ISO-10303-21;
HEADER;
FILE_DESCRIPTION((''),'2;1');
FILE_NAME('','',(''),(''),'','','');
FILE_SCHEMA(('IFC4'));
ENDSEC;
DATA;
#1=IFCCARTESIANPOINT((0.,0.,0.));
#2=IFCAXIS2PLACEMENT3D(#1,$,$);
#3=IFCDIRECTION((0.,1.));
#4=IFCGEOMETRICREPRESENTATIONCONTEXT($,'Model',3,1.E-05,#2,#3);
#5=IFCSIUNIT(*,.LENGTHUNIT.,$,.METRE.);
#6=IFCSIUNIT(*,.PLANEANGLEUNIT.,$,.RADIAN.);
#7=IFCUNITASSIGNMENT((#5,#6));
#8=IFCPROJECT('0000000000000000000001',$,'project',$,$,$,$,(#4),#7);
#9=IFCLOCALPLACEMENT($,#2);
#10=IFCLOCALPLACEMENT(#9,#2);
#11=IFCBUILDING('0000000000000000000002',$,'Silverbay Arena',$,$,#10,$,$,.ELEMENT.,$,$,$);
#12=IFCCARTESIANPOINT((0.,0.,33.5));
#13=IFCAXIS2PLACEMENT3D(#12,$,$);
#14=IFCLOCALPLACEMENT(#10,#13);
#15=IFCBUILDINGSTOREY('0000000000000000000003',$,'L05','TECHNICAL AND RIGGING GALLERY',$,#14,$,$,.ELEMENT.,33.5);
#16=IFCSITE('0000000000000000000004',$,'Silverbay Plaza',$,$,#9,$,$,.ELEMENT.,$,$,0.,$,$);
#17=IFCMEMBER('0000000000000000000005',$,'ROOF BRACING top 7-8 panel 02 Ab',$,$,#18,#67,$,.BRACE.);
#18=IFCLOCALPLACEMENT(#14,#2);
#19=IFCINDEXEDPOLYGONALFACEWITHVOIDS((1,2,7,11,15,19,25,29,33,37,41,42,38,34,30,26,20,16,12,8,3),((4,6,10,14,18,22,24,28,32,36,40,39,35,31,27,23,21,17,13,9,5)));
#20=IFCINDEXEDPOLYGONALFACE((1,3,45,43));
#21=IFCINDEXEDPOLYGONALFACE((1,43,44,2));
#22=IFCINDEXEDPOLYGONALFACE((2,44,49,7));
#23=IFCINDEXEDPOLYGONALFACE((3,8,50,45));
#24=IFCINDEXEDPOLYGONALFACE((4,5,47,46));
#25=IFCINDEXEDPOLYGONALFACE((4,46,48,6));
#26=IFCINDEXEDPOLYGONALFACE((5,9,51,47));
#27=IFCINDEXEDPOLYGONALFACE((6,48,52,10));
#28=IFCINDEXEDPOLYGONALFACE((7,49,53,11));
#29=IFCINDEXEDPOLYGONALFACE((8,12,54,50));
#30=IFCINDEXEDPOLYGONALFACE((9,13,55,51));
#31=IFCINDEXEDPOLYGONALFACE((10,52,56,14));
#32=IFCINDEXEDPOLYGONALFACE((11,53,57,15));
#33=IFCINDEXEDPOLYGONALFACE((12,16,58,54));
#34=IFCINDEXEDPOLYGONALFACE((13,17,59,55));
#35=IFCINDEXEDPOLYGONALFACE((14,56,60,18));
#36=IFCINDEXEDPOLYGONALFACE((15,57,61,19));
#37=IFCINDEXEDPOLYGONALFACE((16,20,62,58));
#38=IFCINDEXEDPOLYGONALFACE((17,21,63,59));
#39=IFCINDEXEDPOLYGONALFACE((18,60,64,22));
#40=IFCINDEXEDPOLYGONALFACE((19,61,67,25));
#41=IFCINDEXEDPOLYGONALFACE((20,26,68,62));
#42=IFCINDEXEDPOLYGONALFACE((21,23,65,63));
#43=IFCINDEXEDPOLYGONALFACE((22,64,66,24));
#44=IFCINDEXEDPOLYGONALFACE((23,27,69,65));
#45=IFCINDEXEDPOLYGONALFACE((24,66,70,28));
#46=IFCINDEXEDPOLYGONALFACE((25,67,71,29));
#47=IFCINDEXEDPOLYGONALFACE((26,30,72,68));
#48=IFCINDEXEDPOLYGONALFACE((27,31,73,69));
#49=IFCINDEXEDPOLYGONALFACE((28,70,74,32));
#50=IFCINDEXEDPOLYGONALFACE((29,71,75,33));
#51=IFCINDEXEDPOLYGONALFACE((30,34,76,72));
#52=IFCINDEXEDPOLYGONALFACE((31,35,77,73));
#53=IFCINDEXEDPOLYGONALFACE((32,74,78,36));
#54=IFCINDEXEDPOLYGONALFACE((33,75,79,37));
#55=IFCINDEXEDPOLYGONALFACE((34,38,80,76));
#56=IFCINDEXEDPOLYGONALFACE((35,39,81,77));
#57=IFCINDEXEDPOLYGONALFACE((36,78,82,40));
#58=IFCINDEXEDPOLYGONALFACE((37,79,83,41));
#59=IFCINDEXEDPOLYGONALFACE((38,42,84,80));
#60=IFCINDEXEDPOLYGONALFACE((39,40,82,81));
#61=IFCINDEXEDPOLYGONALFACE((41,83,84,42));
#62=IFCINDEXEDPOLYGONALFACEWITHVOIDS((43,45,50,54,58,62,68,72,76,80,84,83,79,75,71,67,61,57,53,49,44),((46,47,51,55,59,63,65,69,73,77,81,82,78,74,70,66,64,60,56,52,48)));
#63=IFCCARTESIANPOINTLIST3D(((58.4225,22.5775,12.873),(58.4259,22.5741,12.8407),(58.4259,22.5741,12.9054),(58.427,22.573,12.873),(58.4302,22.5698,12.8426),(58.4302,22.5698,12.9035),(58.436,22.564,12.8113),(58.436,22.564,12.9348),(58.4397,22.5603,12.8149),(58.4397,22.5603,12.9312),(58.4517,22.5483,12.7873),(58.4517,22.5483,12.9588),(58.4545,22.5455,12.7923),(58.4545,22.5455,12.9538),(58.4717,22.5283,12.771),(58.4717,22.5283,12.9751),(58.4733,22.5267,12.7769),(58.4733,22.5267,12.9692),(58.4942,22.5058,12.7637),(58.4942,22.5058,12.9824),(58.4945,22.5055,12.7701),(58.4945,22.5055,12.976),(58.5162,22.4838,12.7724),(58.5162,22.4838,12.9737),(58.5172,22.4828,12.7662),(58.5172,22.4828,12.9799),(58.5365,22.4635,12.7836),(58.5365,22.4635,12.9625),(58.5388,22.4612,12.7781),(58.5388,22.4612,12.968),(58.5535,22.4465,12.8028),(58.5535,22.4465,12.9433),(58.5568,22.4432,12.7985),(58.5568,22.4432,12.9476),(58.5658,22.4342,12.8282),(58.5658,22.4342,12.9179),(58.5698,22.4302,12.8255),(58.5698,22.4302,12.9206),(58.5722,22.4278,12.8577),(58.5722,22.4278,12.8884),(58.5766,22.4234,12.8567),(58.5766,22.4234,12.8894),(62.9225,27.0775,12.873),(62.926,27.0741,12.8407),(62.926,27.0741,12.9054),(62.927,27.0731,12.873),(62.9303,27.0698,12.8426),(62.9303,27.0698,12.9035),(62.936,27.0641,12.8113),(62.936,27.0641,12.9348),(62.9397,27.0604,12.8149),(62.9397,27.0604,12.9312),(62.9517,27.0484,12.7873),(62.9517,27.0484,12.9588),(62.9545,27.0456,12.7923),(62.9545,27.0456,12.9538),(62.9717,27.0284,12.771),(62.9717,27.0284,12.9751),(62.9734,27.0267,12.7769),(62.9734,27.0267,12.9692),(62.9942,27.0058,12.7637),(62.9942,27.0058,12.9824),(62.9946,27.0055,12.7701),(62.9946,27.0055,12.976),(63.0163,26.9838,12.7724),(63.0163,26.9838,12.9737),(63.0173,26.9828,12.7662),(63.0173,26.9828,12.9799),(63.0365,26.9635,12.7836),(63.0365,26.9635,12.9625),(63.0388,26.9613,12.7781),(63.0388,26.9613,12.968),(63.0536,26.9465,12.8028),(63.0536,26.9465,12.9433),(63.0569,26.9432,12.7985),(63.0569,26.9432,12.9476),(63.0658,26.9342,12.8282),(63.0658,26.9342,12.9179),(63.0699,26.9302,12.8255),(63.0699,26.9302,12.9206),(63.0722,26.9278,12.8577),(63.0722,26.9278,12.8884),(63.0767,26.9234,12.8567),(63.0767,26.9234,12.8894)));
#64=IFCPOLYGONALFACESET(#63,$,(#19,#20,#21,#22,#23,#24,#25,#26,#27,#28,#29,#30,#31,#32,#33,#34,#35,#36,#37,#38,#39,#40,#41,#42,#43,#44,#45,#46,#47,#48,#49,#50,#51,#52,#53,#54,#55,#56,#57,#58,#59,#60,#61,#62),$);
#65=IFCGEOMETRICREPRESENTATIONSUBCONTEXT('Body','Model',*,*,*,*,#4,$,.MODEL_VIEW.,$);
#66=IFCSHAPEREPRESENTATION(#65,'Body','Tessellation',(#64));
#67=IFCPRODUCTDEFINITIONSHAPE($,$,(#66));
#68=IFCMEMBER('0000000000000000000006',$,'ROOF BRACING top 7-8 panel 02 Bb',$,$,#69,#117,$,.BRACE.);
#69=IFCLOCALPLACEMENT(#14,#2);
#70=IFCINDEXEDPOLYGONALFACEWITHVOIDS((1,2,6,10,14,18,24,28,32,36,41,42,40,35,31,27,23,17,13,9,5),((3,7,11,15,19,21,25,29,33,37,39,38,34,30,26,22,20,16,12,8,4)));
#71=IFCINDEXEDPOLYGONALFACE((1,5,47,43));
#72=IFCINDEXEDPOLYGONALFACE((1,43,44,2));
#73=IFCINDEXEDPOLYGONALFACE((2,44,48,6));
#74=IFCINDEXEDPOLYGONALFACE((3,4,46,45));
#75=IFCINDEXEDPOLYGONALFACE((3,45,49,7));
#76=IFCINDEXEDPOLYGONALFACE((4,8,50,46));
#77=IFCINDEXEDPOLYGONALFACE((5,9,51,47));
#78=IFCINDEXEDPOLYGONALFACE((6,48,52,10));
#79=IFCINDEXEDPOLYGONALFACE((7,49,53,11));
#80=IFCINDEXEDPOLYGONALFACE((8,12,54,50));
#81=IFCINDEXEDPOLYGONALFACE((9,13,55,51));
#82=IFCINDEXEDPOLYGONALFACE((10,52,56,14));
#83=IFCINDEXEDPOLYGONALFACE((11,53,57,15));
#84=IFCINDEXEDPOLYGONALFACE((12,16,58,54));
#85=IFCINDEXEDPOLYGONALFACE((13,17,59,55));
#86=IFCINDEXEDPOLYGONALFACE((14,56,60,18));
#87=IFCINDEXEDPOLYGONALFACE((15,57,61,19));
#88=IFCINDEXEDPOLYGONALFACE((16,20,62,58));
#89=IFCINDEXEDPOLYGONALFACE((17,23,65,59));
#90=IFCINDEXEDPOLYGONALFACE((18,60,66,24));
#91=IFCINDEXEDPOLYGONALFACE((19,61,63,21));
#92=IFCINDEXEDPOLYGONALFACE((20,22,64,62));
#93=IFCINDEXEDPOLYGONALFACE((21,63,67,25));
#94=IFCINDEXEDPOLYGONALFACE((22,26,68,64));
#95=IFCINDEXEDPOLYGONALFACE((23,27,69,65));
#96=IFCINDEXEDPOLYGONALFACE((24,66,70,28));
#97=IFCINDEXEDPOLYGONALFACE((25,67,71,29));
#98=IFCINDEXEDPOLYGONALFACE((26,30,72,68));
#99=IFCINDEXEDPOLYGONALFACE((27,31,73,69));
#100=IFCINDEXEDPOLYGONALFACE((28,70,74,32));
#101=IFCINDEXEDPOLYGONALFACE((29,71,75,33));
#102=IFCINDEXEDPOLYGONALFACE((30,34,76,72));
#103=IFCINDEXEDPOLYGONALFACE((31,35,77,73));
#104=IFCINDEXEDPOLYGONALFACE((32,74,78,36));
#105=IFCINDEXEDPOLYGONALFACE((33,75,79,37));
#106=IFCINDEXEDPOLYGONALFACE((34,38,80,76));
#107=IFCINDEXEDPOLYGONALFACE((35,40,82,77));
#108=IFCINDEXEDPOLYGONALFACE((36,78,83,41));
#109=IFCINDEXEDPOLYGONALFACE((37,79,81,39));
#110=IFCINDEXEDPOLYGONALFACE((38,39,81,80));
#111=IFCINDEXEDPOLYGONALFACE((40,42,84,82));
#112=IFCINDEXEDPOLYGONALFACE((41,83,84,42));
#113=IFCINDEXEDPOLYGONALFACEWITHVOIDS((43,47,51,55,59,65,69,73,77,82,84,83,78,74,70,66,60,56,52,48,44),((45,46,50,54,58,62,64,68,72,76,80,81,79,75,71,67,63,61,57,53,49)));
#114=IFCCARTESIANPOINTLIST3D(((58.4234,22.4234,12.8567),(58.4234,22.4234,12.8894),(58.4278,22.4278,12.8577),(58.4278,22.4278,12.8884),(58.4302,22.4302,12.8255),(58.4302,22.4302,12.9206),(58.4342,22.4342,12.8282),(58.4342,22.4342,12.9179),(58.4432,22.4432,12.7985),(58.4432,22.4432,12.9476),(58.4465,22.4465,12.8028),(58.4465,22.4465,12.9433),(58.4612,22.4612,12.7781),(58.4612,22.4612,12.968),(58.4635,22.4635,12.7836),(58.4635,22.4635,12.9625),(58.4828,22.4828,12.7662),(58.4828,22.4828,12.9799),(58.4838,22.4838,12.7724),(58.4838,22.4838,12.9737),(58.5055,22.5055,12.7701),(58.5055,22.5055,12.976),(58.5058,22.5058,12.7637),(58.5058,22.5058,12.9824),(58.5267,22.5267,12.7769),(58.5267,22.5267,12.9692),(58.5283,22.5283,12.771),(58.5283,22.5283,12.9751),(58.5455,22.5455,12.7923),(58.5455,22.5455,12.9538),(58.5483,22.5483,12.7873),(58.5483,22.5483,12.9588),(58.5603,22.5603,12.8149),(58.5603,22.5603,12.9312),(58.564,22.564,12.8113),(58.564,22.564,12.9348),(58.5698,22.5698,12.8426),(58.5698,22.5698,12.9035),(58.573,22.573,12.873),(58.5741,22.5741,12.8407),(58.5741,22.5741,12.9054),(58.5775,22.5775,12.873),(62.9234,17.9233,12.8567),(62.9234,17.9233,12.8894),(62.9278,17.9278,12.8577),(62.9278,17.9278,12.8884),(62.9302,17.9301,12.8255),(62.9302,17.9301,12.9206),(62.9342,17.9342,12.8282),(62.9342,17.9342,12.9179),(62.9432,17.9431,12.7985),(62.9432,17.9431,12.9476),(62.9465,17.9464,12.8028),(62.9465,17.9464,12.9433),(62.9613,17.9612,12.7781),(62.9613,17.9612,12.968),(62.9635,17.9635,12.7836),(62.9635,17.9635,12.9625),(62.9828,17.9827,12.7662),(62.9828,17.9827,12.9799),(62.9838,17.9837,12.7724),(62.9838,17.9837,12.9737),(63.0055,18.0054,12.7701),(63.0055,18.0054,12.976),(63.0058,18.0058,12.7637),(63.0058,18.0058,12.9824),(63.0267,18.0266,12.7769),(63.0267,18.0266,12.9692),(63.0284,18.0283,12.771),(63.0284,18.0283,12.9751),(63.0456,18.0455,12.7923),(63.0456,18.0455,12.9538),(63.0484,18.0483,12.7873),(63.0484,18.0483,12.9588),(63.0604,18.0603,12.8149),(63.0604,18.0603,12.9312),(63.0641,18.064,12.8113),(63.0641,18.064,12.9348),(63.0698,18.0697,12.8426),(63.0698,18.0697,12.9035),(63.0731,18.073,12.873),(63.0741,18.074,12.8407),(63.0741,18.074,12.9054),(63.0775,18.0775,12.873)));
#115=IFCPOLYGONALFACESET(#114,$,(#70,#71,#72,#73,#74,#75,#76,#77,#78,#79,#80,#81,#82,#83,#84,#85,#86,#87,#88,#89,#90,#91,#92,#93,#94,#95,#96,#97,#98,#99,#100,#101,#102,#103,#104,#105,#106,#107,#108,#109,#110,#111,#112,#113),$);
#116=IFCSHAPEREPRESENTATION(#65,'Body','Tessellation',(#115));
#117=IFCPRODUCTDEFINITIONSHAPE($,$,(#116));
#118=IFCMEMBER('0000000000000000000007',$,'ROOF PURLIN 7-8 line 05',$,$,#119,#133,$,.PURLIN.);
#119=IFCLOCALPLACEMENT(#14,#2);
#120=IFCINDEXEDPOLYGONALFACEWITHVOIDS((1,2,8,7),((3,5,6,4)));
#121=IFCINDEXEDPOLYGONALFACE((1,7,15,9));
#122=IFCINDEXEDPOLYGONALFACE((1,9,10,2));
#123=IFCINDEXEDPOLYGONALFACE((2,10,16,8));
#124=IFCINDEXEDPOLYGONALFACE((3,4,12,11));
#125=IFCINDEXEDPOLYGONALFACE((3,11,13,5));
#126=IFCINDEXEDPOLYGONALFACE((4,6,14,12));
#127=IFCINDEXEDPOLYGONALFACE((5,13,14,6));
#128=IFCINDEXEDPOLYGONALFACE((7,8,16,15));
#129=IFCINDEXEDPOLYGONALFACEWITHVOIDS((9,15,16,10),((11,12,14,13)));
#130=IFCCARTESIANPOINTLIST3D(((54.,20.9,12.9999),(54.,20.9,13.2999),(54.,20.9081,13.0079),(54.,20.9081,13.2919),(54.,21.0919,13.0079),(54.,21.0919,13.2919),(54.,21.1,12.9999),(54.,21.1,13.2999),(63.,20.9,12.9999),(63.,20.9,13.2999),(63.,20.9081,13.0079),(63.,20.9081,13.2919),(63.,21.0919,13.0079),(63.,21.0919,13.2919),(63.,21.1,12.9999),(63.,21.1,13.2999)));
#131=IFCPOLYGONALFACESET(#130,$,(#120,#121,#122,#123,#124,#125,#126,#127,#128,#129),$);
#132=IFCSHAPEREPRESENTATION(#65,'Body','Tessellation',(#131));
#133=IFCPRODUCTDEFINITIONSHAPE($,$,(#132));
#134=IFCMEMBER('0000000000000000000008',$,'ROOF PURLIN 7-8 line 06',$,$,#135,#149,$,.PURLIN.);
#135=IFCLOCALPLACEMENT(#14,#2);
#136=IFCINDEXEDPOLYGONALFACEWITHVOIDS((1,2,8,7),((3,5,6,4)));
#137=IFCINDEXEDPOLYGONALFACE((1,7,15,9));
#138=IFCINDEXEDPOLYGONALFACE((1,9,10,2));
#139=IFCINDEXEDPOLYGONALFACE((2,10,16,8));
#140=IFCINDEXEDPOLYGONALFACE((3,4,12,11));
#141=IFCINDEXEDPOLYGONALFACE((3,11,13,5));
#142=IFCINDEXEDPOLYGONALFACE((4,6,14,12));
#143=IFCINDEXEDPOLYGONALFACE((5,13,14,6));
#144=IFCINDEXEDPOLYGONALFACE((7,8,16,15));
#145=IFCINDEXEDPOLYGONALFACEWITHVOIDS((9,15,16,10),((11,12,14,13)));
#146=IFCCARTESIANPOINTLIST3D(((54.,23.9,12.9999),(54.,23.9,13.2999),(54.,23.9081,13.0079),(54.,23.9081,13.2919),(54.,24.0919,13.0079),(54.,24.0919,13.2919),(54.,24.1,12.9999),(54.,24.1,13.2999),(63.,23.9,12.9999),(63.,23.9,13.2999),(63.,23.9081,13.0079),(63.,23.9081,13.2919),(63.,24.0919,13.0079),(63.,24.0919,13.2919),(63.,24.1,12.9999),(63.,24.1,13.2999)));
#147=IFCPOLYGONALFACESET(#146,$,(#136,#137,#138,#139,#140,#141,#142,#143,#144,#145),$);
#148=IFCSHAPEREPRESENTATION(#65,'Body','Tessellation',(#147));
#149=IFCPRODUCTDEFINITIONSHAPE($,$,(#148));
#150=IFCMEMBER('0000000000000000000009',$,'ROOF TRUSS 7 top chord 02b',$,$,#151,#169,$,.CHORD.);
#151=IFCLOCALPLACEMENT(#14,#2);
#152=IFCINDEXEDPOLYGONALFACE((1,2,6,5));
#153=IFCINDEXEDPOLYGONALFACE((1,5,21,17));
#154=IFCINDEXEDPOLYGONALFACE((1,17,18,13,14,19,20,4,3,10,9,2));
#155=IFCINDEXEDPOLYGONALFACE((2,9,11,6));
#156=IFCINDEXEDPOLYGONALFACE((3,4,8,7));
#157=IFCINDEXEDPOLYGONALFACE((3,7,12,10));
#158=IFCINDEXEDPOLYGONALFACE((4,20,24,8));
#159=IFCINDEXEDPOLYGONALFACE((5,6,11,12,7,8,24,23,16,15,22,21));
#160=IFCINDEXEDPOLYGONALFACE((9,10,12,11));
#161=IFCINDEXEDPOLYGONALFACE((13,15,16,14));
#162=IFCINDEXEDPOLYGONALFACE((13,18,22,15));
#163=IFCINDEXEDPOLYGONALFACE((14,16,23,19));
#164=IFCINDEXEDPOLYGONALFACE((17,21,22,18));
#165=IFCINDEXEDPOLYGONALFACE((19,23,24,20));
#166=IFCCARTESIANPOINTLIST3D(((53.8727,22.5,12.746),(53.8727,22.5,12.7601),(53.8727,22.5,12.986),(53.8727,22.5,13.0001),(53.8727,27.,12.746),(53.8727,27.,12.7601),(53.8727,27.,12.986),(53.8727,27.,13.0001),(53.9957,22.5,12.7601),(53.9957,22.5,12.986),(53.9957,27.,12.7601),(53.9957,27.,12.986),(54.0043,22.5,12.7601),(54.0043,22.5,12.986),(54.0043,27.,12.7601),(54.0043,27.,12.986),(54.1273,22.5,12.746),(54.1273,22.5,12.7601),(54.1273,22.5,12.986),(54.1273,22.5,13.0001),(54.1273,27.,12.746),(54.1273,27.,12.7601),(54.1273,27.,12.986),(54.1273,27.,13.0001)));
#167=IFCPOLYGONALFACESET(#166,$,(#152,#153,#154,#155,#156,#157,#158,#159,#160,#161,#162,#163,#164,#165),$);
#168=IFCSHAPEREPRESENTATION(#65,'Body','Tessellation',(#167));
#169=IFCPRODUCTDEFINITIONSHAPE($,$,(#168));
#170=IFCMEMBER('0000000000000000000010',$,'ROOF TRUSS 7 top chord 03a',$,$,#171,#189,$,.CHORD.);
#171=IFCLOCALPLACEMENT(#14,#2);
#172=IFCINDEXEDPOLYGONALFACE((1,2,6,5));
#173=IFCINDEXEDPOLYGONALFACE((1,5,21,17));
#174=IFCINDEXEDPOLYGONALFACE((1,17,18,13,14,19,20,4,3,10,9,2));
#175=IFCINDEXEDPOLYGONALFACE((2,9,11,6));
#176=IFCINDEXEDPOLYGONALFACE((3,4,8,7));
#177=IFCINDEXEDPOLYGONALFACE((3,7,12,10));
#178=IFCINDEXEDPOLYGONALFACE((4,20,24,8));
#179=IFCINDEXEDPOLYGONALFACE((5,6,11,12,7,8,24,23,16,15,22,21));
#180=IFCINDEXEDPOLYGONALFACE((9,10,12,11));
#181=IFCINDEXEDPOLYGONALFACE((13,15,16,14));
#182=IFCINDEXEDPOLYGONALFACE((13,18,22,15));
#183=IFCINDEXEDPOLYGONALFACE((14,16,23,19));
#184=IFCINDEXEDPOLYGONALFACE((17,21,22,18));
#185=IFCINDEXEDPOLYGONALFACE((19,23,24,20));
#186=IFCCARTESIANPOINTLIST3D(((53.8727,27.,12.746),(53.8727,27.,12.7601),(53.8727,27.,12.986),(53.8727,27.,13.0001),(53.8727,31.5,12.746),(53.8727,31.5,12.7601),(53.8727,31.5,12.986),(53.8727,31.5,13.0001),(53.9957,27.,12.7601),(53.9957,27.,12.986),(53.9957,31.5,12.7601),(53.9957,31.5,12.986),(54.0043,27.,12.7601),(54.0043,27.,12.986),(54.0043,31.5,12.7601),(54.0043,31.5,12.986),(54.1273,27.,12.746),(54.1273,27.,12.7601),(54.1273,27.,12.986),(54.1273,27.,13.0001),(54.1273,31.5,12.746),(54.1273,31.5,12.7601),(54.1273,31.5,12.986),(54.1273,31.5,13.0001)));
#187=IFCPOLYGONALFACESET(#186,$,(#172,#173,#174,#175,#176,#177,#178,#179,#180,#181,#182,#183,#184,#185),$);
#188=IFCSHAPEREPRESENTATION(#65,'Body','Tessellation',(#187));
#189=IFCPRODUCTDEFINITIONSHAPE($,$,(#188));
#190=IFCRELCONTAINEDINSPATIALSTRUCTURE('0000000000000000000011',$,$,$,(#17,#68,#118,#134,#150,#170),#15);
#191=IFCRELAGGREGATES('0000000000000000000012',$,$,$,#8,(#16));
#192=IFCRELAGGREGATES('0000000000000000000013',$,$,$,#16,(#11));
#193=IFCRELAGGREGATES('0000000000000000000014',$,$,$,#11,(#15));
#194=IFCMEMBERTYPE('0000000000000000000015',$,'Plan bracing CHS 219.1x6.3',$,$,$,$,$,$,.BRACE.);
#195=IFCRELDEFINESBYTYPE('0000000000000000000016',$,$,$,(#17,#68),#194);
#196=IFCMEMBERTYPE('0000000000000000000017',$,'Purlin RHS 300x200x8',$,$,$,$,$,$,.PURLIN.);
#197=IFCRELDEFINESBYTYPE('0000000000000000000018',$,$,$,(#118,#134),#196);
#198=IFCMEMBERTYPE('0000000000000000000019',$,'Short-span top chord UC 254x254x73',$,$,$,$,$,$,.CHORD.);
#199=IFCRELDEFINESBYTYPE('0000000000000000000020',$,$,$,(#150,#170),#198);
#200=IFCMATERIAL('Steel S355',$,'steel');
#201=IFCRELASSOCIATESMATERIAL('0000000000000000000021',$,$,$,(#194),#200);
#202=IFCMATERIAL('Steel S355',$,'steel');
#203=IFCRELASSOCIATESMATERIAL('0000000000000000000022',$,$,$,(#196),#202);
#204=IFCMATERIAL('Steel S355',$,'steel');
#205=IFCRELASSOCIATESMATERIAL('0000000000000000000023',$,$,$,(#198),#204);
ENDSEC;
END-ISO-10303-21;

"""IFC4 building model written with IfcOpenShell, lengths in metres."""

from ifc_helpers import new_model, si_unit, direction, frame, origin, origin_2d, place, context, subcontext, project, spatial, hollow_rectangle, hollow_circle, i_section, extrude, material, material_profile, profile_set, type_object, element, save


model = new_model("IFC4")

# Units and contexts
model_context = context("Model", 3, precision=1e-05, world=origin(), true_north=direction((0.0, 1.0)))
body_context = subcontext(model_context, "Body", "Model", "MODEL_VIEW")
ifc_project = project(units=[si_unit("LENGTHUNIT", "METRE"), si_unit("PLANEANGLEUNIT", "RADIAN")], contexts=[model_context])

# Site, building, storey
site_placement = place(None, origin())
site = spatial("IfcSite", under=ifc_project, at=site_placement, Name="Silverbay Plaza", CompositionType="ELEMENT", RefElevation=0.0)
building_placement = place(site_placement, origin())
building = spatial("IfcBuilding", under=site, at=building_placement, Name="Silverbay Arena", CompositionType="ELEMENT")
storey_placement = place(building_placement, frame((0.0, 0.0, 33.5)))
storey = spatial("IfcBuildingStorey", under=building, at=storey_placement, Name="L05", Description="TECHNICAL AND RIGGING GALLERY", CompositionType="ELEMENT", Elevation=33.5)

# Members
ifc_material_1 = material(Name="Steel S355", Category="steel")
ifc_material_profile_1 = material_profile(ifc_material_1, hollow_circle(Radius=0.1096, WallThickness=0.0063, at=origin_2d()), Name="CHS 219.1x6.3")
ifc_profile_set_1 = profile_set([ifc_material_profile_1], Name="Steel S355")
member_type_1 = type_object("IfcMemberType", Name="Plan bracing CHS 219.1x6.3", PredefinedType="BRACE", material=ifc_profile_set_1)
for number, where, z_axis, x_axis, name in (
    (1, (58.5, 22.5, 12.873), (0.707107, 0.707107, 0.0), (-0.707107, 0.707107, 0.0), "ROOF BRACING top 7-8 panel 02 Ab"),
    (2, (58.5, 22.5, 12.873), (0.707107, -0.707107, 0.0), (0.707107, 0.707107, 0.0), "ROOF BRACING top 7-8 panel 02 Bb"),
):
    element("IfcMember", number, at=place(storey_placement, frame(where, z_axis=z_axis, x_axis=x_axis)), inside=storey, type_object=member_type_1, Name=name, PredefinedType="BRACE", context=body_context, shape_type="SweptSolid", body=[
        extrude(hollow_circle(Radius=0.1096, WallThickness=0.0063, at=origin_2d()), origin(), (0.0, 0.0, 1.0), 6.364),
    ])
ifc_material_2 = material(Name="Steel S355", Category="steel")
ifc_material_profile_2 = material_profile(ifc_material_2, hollow_rectangle(XDim=0.2, YDim=0.3, WallThickness=0.0081, at=origin_2d()), Name="RHS 300x200x8")
ifc_profile_set_2 = profile_set([ifc_material_profile_2], Name="Steel S355")
member_type_2 = type_object("IfcMemberType", Name="Purlin RHS 300x200x8", PredefinedType="PURLIN", material=ifc_profile_set_2)
for number, where, z_axis, x_axis, name in (
    (3, (54.0, 21.0, 13.1499), (1.0, 0.0, 0.0), (0.0, 1.0, 0.0), "ROOF PURLIN 7-8 line 05"),
    (4, (54.0, 24.0, 13.1499), (1.0, 0.0, 0.0), (0.0, 1.0, 0.0), "ROOF PURLIN 7-8 line 06"),
):
    element("IfcMember", number, at=place(storey_placement, frame(where, z_axis=z_axis, x_axis=x_axis)), inside=storey, type_object=member_type_2, Name=name, PredefinedType="PURLIN", context=body_context, shape_type="SweptSolid", body=[
        extrude(hollow_rectangle(XDim=0.2, YDim=0.3, WallThickness=0.0081, at=origin_2d()), origin(), (0.0, 0.0, 1.0), 9.0),
    ])
ifc_material_3 = material(Name="Steel S355", Category="steel")
ifc_material_profile_3 = material_profile(ifc_material_3, i_section(OverallWidth=0.2546, OverallDepth=0.2542, WebThickness=0.0085, FlangeThickness=0.0142, at=origin_2d()), Name="UC 254x254x73")
ifc_profile_set_3 = profile_set([ifc_material_profile_3], Name="Steel S355")
member_type_3 = type_object("IfcMemberType", Name="Short-span top chord UC 254x254x73", PredefinedType="CHORD", material=ifc_profile_set_3)
for number, where, z_axis, x_axis, name in (
    (5, (54.0, 22.5, 12.873), (0.0, 1.0, 0.0), (-1.0, 0.0, 0.0), "ROOF TRUSS 7 top chord 02b"),
    (6, (54.0, 27.0, 12.873), (0.0, 1.0, 0.0), (-1.0, 0.0, 0.0), "ROOF TRUSS 7 top chord 03a"),
):
    element("IfcMember", number, at=place(storey_placement, frame(where, z_axis=z_axis, x_axis=x_axis)), inside=storey, type_object=member_type_3, Name=name, PredefinedType="CHORD", context=body_context, shape_type="SweptSolid", body=[
        extrude(i_section(OverallWidth=0.2546, OverallDepth=0.2542, WebThickness=0.0085, FlangeThickness=0.0142, at=origin_2d()), origin(), (0.0, 0.0, 1.0), 4.5),
    ])

save(model, "model.ifc")
